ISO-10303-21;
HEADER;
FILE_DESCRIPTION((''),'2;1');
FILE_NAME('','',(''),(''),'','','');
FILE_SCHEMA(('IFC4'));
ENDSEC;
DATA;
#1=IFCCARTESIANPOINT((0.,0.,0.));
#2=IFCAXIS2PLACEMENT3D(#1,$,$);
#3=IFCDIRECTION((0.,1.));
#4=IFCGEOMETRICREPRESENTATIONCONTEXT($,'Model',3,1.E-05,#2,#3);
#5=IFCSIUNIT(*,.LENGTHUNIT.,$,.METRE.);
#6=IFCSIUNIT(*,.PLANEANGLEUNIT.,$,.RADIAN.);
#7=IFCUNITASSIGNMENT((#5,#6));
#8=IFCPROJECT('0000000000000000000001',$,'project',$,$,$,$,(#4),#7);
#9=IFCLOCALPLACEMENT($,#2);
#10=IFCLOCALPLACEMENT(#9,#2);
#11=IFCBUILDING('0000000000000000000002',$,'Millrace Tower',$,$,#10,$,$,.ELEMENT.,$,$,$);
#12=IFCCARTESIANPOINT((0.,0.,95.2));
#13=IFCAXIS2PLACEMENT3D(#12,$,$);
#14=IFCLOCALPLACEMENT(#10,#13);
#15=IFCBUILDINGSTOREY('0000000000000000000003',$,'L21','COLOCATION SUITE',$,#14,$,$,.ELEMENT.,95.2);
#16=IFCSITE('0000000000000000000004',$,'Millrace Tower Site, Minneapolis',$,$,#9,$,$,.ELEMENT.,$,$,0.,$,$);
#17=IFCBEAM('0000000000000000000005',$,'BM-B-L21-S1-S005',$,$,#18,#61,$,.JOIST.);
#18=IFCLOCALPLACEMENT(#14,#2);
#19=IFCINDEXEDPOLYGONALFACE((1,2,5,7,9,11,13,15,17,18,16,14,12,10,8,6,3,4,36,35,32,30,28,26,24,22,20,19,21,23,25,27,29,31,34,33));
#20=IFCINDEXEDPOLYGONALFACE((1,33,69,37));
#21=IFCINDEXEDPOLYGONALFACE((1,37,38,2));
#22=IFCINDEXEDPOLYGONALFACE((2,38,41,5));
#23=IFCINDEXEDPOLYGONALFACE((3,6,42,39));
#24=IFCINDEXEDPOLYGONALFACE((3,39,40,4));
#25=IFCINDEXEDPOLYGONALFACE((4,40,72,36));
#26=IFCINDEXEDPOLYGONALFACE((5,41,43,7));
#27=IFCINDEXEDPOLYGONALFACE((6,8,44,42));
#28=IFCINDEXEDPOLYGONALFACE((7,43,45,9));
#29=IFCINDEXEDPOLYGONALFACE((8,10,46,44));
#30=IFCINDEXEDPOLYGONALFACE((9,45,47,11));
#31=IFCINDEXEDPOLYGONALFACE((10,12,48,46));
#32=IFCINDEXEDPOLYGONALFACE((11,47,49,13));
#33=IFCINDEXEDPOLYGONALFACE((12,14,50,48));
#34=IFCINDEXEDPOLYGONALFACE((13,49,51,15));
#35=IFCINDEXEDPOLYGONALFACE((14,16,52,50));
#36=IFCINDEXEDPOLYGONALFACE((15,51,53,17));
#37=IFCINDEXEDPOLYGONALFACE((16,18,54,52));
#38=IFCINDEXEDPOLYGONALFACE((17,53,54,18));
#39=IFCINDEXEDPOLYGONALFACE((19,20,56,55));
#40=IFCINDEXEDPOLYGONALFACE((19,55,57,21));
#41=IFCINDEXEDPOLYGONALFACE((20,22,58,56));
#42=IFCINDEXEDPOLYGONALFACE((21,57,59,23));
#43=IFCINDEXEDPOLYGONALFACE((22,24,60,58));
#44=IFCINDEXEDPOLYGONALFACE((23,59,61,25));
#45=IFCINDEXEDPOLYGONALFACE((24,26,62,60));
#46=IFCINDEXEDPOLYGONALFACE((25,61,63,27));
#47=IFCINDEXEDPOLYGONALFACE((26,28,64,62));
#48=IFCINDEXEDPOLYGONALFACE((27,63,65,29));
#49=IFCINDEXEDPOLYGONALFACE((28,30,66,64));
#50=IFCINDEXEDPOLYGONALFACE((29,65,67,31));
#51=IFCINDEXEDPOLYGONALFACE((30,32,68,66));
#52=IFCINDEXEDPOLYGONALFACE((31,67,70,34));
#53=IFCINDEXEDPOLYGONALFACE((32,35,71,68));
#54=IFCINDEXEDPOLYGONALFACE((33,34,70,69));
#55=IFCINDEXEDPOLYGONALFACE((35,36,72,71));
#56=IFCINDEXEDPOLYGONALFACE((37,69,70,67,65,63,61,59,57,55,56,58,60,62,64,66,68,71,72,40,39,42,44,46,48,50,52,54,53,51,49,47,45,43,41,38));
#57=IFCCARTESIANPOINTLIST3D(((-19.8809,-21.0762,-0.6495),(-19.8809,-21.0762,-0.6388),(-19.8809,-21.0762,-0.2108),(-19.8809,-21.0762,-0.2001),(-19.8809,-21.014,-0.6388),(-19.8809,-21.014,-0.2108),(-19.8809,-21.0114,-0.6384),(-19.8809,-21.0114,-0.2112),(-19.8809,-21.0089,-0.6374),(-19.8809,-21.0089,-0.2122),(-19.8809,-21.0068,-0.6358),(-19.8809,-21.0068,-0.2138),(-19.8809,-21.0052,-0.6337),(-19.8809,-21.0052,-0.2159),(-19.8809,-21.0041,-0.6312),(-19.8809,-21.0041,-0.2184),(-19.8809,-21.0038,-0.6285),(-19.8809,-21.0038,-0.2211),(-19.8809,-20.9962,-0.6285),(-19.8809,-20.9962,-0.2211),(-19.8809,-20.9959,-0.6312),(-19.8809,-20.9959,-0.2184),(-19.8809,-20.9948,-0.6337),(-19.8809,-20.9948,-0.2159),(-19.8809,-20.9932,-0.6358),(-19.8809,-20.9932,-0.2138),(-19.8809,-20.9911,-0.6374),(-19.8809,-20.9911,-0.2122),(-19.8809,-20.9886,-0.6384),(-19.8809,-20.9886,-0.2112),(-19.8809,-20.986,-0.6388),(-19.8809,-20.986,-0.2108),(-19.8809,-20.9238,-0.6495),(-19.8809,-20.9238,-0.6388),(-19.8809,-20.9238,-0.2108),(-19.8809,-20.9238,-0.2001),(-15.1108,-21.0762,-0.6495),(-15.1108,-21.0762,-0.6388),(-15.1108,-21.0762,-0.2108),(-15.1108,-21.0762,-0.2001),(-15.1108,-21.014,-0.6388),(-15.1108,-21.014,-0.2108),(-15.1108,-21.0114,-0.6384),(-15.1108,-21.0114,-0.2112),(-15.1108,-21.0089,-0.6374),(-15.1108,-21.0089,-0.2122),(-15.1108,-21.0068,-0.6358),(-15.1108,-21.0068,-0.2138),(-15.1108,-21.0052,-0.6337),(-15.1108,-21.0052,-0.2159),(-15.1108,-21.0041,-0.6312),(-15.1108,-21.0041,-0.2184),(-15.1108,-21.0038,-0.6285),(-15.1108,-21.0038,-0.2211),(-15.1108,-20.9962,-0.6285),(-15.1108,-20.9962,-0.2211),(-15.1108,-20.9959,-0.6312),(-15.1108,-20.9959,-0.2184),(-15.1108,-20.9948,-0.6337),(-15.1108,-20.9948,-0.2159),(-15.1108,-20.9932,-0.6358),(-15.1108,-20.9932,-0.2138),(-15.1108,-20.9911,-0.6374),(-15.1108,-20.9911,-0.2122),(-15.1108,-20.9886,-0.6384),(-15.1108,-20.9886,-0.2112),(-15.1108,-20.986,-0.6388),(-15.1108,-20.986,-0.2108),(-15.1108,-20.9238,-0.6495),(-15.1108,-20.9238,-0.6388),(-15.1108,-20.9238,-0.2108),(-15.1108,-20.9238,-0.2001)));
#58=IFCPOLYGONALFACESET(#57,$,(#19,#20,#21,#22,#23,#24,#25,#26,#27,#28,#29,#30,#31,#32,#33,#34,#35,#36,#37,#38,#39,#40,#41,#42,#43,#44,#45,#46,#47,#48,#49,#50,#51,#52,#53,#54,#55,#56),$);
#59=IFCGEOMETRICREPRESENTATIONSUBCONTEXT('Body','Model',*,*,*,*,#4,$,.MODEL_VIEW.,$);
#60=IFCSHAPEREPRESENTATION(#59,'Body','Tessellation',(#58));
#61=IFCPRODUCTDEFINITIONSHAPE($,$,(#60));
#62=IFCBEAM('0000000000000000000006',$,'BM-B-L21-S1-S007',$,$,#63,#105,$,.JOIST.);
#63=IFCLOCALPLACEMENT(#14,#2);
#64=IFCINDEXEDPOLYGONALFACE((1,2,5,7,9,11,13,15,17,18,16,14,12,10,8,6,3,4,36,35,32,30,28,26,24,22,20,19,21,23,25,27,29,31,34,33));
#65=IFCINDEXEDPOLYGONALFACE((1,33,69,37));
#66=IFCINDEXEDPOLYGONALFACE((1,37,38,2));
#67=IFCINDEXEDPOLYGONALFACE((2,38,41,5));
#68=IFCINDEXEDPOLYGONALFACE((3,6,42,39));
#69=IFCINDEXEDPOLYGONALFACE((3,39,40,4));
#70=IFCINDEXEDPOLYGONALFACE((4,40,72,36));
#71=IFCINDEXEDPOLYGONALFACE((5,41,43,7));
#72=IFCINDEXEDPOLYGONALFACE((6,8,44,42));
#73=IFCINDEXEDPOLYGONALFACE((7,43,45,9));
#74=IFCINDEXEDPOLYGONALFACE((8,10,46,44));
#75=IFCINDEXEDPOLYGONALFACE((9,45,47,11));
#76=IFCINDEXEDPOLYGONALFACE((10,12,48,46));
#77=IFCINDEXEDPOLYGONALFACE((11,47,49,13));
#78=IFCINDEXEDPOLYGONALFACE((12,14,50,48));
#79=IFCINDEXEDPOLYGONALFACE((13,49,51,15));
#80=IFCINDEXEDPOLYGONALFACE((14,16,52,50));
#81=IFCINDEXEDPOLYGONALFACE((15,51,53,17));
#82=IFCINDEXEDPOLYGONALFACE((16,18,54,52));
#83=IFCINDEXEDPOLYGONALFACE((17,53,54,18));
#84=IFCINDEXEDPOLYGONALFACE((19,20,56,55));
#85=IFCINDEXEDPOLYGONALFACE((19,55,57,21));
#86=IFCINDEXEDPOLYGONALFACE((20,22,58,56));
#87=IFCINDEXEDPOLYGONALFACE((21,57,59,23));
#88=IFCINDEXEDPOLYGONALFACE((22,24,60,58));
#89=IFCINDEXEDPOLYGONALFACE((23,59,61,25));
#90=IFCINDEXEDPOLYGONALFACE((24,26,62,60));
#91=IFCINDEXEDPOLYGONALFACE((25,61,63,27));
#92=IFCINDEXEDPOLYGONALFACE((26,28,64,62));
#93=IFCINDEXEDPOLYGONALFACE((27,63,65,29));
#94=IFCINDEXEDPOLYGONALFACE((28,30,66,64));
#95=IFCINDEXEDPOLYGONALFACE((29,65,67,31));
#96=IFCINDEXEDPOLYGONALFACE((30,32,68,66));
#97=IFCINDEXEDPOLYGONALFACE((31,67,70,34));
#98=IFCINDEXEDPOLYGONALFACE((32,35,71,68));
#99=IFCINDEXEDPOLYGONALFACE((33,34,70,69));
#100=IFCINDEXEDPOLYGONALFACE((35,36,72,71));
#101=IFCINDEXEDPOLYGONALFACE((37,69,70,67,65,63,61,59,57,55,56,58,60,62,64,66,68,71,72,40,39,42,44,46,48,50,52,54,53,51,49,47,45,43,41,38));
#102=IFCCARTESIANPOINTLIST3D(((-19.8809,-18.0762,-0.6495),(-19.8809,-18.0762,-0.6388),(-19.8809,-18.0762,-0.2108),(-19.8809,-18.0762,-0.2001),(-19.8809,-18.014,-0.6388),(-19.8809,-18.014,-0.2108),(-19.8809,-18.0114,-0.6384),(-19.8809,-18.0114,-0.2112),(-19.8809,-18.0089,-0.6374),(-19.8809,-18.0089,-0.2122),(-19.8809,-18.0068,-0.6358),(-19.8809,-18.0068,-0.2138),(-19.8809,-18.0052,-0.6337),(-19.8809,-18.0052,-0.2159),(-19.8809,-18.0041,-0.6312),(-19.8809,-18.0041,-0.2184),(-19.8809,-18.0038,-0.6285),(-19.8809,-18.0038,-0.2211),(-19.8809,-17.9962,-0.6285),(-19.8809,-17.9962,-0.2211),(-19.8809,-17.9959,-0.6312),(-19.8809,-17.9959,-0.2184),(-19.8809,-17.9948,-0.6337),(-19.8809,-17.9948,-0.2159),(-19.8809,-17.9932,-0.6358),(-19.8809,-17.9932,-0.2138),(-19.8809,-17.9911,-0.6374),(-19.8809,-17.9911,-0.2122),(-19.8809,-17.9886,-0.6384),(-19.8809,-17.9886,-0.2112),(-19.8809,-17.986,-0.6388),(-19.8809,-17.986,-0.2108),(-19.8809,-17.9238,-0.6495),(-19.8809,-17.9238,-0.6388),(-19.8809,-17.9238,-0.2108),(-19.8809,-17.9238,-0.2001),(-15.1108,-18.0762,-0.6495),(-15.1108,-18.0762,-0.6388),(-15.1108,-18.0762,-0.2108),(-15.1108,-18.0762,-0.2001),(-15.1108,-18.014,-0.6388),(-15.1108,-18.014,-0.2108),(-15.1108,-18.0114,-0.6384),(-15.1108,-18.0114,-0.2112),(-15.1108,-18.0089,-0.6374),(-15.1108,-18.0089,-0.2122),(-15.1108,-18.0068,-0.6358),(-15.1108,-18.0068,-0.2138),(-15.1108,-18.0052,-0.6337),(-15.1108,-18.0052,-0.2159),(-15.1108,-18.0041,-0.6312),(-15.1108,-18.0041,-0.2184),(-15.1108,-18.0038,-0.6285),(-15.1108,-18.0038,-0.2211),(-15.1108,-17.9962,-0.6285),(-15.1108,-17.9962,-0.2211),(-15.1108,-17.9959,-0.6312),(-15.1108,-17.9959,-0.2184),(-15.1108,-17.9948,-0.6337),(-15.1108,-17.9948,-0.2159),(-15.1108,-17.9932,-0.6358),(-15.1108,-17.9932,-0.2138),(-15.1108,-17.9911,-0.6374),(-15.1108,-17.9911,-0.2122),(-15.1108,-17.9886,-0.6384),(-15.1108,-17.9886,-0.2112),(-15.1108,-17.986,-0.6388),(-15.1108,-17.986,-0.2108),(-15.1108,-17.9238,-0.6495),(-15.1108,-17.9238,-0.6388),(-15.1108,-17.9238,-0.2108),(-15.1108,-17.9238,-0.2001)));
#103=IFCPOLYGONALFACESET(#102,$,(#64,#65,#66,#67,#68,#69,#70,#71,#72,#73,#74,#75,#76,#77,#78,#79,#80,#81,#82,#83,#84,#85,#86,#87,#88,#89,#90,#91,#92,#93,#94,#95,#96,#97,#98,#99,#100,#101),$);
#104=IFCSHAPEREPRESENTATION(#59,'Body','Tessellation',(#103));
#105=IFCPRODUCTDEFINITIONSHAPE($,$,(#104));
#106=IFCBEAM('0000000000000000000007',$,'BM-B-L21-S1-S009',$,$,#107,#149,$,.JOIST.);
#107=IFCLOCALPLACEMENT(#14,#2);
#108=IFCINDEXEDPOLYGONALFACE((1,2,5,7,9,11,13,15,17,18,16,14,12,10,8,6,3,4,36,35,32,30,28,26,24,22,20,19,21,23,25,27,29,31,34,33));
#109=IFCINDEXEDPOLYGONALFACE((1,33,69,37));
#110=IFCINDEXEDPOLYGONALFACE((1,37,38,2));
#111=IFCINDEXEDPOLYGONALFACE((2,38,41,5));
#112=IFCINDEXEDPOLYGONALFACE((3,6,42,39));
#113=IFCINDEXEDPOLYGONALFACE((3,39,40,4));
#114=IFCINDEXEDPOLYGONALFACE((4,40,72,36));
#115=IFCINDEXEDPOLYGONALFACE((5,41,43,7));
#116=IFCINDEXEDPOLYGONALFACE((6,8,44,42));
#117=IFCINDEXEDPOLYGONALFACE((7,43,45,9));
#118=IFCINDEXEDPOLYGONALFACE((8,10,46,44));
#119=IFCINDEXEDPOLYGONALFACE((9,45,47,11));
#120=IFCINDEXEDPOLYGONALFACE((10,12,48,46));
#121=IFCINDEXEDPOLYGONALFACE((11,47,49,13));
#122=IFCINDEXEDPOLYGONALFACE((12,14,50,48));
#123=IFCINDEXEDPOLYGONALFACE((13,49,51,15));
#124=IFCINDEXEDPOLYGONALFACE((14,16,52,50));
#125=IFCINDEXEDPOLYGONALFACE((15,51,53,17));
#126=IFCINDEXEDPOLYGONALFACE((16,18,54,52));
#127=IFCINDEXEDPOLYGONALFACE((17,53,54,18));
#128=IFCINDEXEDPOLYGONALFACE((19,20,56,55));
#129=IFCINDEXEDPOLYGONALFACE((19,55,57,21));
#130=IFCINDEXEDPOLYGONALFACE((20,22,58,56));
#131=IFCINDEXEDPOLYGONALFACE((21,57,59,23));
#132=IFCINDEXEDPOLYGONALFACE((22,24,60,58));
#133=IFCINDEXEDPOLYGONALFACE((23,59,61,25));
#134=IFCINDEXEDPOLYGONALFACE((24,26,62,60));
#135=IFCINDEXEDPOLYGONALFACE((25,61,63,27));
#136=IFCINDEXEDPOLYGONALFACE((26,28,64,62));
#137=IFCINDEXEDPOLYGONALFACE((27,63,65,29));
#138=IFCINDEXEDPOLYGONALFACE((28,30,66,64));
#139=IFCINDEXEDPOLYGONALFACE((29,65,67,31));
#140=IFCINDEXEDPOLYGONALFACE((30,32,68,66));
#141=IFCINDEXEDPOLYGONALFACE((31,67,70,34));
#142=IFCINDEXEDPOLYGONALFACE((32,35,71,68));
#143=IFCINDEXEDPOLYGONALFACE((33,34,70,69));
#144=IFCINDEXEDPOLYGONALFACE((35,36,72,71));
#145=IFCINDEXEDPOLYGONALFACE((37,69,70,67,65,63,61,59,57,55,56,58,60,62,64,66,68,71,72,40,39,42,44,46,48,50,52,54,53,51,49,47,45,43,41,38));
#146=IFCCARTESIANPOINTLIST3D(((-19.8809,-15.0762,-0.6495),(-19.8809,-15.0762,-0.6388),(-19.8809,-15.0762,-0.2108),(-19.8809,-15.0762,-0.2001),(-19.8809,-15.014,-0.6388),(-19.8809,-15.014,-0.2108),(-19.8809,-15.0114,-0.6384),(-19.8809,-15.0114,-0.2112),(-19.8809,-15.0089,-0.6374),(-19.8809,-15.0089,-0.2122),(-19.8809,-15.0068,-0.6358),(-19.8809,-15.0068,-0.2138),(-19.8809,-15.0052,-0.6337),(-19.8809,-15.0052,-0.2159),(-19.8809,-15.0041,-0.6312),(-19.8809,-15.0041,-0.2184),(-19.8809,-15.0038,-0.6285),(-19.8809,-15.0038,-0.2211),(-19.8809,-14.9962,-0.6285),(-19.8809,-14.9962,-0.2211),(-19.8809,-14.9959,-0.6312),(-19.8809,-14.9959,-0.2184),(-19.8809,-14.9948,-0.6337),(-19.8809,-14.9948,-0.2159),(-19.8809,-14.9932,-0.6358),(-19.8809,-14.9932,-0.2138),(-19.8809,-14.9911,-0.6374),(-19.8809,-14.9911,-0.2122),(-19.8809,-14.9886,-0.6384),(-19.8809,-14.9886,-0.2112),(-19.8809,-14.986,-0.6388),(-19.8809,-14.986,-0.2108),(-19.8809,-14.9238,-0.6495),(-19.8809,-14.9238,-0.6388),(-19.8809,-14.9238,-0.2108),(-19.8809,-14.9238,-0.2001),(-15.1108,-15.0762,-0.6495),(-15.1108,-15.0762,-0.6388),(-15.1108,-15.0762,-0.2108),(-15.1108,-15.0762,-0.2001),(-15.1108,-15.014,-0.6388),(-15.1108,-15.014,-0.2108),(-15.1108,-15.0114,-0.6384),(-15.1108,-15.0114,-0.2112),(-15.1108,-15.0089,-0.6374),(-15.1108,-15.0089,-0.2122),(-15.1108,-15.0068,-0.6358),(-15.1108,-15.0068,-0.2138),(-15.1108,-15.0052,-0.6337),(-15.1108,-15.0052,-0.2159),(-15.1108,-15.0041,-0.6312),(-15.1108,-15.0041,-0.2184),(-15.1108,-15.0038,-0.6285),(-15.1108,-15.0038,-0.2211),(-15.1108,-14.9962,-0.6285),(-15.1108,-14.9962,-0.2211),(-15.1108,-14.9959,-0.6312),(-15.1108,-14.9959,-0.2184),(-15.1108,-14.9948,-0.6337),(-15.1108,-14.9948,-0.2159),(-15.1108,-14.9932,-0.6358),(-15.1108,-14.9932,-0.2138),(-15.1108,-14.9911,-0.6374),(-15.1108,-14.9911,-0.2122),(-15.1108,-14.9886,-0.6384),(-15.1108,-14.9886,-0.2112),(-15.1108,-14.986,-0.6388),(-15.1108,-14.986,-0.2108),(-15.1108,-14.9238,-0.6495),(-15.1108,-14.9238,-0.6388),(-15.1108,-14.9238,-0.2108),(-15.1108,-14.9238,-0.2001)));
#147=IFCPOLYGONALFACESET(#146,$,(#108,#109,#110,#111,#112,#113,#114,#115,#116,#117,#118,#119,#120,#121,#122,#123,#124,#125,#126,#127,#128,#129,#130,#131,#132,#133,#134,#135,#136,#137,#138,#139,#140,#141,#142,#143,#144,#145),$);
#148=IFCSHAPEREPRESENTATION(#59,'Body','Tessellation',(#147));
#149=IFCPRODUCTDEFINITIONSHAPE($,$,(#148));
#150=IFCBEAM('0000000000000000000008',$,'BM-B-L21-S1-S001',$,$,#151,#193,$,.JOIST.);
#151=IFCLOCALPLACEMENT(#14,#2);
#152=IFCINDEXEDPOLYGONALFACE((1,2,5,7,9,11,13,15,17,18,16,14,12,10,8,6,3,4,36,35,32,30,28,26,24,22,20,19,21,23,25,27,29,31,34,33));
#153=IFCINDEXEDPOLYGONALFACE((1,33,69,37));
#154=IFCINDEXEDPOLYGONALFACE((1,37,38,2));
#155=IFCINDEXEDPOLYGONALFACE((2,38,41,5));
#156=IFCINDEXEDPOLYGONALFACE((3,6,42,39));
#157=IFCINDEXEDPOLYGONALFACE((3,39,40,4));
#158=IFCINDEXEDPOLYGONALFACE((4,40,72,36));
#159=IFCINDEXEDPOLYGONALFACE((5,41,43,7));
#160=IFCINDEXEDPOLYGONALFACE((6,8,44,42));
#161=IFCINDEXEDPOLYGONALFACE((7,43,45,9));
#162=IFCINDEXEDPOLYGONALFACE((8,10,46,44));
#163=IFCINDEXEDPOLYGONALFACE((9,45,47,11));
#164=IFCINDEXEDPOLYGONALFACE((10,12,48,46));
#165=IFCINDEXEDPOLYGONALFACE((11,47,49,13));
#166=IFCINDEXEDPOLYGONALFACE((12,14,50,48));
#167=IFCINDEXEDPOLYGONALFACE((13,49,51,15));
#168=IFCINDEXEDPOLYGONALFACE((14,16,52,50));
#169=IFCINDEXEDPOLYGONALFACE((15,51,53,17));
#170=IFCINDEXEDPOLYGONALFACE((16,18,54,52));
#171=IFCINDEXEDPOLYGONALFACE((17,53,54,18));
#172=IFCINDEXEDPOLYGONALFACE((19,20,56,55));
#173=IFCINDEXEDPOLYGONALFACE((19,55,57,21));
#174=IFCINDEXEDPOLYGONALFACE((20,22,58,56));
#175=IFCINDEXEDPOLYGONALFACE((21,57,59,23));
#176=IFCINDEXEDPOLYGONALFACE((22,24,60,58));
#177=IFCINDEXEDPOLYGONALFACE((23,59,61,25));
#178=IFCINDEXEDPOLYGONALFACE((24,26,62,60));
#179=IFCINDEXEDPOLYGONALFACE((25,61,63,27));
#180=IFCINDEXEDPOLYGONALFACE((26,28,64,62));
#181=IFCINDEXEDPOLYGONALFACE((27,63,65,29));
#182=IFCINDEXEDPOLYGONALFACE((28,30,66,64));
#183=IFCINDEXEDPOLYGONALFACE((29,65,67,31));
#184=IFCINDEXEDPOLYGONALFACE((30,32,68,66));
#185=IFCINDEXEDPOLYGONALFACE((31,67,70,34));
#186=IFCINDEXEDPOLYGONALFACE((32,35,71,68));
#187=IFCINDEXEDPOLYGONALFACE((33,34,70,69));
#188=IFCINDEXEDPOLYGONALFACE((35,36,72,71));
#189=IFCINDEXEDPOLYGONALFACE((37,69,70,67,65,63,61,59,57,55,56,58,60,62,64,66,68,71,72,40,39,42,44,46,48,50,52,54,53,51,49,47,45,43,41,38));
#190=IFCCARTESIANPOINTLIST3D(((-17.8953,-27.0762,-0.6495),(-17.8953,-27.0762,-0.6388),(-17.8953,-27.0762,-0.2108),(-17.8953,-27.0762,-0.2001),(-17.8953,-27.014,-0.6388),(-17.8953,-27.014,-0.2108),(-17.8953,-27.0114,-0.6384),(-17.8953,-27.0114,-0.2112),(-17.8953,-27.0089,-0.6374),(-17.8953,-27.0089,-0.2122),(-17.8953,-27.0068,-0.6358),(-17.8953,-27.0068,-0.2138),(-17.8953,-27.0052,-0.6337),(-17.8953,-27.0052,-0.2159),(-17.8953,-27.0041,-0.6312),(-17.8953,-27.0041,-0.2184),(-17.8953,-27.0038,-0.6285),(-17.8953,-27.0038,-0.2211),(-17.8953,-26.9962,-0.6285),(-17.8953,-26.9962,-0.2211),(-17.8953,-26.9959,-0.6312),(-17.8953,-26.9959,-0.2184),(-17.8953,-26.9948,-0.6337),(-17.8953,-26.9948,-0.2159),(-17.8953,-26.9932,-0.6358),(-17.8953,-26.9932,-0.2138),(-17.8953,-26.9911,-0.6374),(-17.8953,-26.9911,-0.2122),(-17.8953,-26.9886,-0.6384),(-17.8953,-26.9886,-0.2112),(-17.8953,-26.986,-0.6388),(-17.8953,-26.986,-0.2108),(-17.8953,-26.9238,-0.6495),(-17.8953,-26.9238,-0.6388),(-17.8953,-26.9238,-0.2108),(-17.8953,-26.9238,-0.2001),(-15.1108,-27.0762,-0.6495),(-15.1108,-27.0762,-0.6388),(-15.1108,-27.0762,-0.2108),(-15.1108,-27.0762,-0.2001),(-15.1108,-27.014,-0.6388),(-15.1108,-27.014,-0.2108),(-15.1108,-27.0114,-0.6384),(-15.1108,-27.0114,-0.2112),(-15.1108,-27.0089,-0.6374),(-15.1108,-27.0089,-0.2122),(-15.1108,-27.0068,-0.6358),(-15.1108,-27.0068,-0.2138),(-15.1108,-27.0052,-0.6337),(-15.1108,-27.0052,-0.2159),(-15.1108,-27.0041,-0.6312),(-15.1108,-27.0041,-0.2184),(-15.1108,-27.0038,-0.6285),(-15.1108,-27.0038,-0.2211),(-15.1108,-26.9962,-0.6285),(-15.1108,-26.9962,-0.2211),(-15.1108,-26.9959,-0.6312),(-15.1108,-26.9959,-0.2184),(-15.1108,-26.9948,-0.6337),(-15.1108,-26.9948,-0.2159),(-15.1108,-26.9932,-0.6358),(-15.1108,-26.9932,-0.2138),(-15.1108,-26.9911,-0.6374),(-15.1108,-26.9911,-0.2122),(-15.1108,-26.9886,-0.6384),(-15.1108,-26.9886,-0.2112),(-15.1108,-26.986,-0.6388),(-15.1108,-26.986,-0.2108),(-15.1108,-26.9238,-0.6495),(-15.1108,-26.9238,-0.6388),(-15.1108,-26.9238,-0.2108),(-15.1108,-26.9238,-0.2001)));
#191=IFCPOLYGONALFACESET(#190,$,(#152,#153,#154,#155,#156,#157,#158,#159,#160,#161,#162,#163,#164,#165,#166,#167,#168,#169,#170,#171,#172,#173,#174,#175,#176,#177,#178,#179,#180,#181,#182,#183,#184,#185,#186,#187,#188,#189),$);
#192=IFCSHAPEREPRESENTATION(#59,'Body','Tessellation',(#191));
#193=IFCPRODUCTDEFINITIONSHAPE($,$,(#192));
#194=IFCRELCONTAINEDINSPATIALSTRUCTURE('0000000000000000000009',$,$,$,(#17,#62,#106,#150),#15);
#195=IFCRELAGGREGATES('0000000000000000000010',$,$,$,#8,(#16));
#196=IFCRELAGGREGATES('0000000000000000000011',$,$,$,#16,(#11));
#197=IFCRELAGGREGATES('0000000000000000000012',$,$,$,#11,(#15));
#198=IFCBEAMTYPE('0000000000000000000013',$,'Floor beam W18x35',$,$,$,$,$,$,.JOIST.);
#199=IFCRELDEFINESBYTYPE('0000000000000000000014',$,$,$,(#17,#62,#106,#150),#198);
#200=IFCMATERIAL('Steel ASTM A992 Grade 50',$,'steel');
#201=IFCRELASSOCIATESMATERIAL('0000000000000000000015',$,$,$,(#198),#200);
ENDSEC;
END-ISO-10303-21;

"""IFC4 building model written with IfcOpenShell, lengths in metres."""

from ifc_helpers import new_model, si_unit, direction, frame, origin, origin_2d, place, context, subcontext, project, spatial, i_section, extrude, material, material_profile, profile_set, type_object, element, save


model = new_model("IFC4")

# Units and contexts
model_context = context("Model", 3, precision=1e-05, world=origin(), true_north=direction((0.0, 1.0)))
body_context = subcontext(model_context, "Body", "Model", "MODEL_VIEW")
ifc_project = project(units=[si_unit("LENGTHUNIT", "METRE"), si_unit("PLANEANGLEUNIT", "RADIAN")], contexts=[model_context])

# Site, building, storey
site_placement = place(None, origin())
site = spatial("IfcSite", under=ifc_project, at=site_placement, Name="Millrace Tower Site, Minneapolis", CompositionType="ELEMENT", RefElevation=0.0)
building_placement = place(site_placement, origin())
building = spatial("IfcBuilding", under=site, at=building_placement, Name="Millrace Tower", CompositionType="ELEMENT")
storey_placement = place(building_placement, frame((0.0, 0.0, 95.2)))
storey = spatial("IfcBuildingStorey", under=building, at=storey_placement, Name="L21", Description="COLOCATION SUITE", CompositionType="ELEMENT", Elevation=95.2)

# Beams
ifc_material_1 = material(Name="Steel ASTM A992 Grade 50", Category="steel")
ifc_material_profile_1 = material_profile(ifc_material_1, i_section(OverallWidth=0.1523, OverallDepth=0.4495, WebThickness=0.0076, FlangeThickness=0.0107, FilletRadius=0.0103, at=origin_2d()))
ifc_profile_set_1 = profile_set([ifc_material_profile_1], Name="Steel ASTM A992 Grade 50")
beam_type_1 = type_object("IfcBeamType", Name="Floor beam W18x35", PredefinedType="JOIST", material=ifc_profile_set_1)
for number, where, z_axis, x_axis, name in (
    (1, (-19.8809, -21.0, -0.4248), (1.0, 0.0, 0.0), (0.0, 1.0, 0.0), "BM-B-L21-S1-S005"),
    (2, (-19.8809, -18.0, -0.4248), (1.0, 0.0, 0.0), (0.0, 1.0, 0.0), "BM-B-L21-S1-S007"),
    (3, (-19.8809, -15.0, -0.4248), (1.0, 0.0, 0.0), (0.0, 1.0, 0.0), "BM-B-L21-S1-S009"),
):
    element("IfcBeam", number, at=place(storey_placement, frame(where, z_axis=z_axis, x_axis=x_axis)), inside=storey, type_object=beam_type_1, Name=name, PredefinedType="JOIST", context=body_context, shape_type="SweptSolid", body=[
        extrude(i_section(OverallWidth=0.1523, OverallDepth=0.4495, WebThickness=0.0076, FlangeThickness=0.0107, FilletRadius=0.0103, at=origin_2d()), origin(), (0.0, 0.0, 1.0), 4.77),
    ])
beam_1_placement = place(storey_placement, frame((-17.8953, -27.0, -0.4248), z_axis=(1.0, 0.0, 0.0), x_axis=(0.0, 1.0, 0.0)))
element("IfcBeam", 4, at=beam_1_placement, inside=storey, type_object=beam_type_1, Name="BM-B-L21-S1-S001", PredefinedType="JOIST", context=body_context, shape_type="SweptSolid", body=[
    extrude(i_section(OverallWidth=0.1523, OverallDepth=0.4495, WebThickness=0.0076, FlangeThickness=0.0107, FilletRadius=0.0103, at=origin_2d()), origin(), (0.0, 0.0, 1.0), 2.7844),
])

save(model, "model.ifc")
